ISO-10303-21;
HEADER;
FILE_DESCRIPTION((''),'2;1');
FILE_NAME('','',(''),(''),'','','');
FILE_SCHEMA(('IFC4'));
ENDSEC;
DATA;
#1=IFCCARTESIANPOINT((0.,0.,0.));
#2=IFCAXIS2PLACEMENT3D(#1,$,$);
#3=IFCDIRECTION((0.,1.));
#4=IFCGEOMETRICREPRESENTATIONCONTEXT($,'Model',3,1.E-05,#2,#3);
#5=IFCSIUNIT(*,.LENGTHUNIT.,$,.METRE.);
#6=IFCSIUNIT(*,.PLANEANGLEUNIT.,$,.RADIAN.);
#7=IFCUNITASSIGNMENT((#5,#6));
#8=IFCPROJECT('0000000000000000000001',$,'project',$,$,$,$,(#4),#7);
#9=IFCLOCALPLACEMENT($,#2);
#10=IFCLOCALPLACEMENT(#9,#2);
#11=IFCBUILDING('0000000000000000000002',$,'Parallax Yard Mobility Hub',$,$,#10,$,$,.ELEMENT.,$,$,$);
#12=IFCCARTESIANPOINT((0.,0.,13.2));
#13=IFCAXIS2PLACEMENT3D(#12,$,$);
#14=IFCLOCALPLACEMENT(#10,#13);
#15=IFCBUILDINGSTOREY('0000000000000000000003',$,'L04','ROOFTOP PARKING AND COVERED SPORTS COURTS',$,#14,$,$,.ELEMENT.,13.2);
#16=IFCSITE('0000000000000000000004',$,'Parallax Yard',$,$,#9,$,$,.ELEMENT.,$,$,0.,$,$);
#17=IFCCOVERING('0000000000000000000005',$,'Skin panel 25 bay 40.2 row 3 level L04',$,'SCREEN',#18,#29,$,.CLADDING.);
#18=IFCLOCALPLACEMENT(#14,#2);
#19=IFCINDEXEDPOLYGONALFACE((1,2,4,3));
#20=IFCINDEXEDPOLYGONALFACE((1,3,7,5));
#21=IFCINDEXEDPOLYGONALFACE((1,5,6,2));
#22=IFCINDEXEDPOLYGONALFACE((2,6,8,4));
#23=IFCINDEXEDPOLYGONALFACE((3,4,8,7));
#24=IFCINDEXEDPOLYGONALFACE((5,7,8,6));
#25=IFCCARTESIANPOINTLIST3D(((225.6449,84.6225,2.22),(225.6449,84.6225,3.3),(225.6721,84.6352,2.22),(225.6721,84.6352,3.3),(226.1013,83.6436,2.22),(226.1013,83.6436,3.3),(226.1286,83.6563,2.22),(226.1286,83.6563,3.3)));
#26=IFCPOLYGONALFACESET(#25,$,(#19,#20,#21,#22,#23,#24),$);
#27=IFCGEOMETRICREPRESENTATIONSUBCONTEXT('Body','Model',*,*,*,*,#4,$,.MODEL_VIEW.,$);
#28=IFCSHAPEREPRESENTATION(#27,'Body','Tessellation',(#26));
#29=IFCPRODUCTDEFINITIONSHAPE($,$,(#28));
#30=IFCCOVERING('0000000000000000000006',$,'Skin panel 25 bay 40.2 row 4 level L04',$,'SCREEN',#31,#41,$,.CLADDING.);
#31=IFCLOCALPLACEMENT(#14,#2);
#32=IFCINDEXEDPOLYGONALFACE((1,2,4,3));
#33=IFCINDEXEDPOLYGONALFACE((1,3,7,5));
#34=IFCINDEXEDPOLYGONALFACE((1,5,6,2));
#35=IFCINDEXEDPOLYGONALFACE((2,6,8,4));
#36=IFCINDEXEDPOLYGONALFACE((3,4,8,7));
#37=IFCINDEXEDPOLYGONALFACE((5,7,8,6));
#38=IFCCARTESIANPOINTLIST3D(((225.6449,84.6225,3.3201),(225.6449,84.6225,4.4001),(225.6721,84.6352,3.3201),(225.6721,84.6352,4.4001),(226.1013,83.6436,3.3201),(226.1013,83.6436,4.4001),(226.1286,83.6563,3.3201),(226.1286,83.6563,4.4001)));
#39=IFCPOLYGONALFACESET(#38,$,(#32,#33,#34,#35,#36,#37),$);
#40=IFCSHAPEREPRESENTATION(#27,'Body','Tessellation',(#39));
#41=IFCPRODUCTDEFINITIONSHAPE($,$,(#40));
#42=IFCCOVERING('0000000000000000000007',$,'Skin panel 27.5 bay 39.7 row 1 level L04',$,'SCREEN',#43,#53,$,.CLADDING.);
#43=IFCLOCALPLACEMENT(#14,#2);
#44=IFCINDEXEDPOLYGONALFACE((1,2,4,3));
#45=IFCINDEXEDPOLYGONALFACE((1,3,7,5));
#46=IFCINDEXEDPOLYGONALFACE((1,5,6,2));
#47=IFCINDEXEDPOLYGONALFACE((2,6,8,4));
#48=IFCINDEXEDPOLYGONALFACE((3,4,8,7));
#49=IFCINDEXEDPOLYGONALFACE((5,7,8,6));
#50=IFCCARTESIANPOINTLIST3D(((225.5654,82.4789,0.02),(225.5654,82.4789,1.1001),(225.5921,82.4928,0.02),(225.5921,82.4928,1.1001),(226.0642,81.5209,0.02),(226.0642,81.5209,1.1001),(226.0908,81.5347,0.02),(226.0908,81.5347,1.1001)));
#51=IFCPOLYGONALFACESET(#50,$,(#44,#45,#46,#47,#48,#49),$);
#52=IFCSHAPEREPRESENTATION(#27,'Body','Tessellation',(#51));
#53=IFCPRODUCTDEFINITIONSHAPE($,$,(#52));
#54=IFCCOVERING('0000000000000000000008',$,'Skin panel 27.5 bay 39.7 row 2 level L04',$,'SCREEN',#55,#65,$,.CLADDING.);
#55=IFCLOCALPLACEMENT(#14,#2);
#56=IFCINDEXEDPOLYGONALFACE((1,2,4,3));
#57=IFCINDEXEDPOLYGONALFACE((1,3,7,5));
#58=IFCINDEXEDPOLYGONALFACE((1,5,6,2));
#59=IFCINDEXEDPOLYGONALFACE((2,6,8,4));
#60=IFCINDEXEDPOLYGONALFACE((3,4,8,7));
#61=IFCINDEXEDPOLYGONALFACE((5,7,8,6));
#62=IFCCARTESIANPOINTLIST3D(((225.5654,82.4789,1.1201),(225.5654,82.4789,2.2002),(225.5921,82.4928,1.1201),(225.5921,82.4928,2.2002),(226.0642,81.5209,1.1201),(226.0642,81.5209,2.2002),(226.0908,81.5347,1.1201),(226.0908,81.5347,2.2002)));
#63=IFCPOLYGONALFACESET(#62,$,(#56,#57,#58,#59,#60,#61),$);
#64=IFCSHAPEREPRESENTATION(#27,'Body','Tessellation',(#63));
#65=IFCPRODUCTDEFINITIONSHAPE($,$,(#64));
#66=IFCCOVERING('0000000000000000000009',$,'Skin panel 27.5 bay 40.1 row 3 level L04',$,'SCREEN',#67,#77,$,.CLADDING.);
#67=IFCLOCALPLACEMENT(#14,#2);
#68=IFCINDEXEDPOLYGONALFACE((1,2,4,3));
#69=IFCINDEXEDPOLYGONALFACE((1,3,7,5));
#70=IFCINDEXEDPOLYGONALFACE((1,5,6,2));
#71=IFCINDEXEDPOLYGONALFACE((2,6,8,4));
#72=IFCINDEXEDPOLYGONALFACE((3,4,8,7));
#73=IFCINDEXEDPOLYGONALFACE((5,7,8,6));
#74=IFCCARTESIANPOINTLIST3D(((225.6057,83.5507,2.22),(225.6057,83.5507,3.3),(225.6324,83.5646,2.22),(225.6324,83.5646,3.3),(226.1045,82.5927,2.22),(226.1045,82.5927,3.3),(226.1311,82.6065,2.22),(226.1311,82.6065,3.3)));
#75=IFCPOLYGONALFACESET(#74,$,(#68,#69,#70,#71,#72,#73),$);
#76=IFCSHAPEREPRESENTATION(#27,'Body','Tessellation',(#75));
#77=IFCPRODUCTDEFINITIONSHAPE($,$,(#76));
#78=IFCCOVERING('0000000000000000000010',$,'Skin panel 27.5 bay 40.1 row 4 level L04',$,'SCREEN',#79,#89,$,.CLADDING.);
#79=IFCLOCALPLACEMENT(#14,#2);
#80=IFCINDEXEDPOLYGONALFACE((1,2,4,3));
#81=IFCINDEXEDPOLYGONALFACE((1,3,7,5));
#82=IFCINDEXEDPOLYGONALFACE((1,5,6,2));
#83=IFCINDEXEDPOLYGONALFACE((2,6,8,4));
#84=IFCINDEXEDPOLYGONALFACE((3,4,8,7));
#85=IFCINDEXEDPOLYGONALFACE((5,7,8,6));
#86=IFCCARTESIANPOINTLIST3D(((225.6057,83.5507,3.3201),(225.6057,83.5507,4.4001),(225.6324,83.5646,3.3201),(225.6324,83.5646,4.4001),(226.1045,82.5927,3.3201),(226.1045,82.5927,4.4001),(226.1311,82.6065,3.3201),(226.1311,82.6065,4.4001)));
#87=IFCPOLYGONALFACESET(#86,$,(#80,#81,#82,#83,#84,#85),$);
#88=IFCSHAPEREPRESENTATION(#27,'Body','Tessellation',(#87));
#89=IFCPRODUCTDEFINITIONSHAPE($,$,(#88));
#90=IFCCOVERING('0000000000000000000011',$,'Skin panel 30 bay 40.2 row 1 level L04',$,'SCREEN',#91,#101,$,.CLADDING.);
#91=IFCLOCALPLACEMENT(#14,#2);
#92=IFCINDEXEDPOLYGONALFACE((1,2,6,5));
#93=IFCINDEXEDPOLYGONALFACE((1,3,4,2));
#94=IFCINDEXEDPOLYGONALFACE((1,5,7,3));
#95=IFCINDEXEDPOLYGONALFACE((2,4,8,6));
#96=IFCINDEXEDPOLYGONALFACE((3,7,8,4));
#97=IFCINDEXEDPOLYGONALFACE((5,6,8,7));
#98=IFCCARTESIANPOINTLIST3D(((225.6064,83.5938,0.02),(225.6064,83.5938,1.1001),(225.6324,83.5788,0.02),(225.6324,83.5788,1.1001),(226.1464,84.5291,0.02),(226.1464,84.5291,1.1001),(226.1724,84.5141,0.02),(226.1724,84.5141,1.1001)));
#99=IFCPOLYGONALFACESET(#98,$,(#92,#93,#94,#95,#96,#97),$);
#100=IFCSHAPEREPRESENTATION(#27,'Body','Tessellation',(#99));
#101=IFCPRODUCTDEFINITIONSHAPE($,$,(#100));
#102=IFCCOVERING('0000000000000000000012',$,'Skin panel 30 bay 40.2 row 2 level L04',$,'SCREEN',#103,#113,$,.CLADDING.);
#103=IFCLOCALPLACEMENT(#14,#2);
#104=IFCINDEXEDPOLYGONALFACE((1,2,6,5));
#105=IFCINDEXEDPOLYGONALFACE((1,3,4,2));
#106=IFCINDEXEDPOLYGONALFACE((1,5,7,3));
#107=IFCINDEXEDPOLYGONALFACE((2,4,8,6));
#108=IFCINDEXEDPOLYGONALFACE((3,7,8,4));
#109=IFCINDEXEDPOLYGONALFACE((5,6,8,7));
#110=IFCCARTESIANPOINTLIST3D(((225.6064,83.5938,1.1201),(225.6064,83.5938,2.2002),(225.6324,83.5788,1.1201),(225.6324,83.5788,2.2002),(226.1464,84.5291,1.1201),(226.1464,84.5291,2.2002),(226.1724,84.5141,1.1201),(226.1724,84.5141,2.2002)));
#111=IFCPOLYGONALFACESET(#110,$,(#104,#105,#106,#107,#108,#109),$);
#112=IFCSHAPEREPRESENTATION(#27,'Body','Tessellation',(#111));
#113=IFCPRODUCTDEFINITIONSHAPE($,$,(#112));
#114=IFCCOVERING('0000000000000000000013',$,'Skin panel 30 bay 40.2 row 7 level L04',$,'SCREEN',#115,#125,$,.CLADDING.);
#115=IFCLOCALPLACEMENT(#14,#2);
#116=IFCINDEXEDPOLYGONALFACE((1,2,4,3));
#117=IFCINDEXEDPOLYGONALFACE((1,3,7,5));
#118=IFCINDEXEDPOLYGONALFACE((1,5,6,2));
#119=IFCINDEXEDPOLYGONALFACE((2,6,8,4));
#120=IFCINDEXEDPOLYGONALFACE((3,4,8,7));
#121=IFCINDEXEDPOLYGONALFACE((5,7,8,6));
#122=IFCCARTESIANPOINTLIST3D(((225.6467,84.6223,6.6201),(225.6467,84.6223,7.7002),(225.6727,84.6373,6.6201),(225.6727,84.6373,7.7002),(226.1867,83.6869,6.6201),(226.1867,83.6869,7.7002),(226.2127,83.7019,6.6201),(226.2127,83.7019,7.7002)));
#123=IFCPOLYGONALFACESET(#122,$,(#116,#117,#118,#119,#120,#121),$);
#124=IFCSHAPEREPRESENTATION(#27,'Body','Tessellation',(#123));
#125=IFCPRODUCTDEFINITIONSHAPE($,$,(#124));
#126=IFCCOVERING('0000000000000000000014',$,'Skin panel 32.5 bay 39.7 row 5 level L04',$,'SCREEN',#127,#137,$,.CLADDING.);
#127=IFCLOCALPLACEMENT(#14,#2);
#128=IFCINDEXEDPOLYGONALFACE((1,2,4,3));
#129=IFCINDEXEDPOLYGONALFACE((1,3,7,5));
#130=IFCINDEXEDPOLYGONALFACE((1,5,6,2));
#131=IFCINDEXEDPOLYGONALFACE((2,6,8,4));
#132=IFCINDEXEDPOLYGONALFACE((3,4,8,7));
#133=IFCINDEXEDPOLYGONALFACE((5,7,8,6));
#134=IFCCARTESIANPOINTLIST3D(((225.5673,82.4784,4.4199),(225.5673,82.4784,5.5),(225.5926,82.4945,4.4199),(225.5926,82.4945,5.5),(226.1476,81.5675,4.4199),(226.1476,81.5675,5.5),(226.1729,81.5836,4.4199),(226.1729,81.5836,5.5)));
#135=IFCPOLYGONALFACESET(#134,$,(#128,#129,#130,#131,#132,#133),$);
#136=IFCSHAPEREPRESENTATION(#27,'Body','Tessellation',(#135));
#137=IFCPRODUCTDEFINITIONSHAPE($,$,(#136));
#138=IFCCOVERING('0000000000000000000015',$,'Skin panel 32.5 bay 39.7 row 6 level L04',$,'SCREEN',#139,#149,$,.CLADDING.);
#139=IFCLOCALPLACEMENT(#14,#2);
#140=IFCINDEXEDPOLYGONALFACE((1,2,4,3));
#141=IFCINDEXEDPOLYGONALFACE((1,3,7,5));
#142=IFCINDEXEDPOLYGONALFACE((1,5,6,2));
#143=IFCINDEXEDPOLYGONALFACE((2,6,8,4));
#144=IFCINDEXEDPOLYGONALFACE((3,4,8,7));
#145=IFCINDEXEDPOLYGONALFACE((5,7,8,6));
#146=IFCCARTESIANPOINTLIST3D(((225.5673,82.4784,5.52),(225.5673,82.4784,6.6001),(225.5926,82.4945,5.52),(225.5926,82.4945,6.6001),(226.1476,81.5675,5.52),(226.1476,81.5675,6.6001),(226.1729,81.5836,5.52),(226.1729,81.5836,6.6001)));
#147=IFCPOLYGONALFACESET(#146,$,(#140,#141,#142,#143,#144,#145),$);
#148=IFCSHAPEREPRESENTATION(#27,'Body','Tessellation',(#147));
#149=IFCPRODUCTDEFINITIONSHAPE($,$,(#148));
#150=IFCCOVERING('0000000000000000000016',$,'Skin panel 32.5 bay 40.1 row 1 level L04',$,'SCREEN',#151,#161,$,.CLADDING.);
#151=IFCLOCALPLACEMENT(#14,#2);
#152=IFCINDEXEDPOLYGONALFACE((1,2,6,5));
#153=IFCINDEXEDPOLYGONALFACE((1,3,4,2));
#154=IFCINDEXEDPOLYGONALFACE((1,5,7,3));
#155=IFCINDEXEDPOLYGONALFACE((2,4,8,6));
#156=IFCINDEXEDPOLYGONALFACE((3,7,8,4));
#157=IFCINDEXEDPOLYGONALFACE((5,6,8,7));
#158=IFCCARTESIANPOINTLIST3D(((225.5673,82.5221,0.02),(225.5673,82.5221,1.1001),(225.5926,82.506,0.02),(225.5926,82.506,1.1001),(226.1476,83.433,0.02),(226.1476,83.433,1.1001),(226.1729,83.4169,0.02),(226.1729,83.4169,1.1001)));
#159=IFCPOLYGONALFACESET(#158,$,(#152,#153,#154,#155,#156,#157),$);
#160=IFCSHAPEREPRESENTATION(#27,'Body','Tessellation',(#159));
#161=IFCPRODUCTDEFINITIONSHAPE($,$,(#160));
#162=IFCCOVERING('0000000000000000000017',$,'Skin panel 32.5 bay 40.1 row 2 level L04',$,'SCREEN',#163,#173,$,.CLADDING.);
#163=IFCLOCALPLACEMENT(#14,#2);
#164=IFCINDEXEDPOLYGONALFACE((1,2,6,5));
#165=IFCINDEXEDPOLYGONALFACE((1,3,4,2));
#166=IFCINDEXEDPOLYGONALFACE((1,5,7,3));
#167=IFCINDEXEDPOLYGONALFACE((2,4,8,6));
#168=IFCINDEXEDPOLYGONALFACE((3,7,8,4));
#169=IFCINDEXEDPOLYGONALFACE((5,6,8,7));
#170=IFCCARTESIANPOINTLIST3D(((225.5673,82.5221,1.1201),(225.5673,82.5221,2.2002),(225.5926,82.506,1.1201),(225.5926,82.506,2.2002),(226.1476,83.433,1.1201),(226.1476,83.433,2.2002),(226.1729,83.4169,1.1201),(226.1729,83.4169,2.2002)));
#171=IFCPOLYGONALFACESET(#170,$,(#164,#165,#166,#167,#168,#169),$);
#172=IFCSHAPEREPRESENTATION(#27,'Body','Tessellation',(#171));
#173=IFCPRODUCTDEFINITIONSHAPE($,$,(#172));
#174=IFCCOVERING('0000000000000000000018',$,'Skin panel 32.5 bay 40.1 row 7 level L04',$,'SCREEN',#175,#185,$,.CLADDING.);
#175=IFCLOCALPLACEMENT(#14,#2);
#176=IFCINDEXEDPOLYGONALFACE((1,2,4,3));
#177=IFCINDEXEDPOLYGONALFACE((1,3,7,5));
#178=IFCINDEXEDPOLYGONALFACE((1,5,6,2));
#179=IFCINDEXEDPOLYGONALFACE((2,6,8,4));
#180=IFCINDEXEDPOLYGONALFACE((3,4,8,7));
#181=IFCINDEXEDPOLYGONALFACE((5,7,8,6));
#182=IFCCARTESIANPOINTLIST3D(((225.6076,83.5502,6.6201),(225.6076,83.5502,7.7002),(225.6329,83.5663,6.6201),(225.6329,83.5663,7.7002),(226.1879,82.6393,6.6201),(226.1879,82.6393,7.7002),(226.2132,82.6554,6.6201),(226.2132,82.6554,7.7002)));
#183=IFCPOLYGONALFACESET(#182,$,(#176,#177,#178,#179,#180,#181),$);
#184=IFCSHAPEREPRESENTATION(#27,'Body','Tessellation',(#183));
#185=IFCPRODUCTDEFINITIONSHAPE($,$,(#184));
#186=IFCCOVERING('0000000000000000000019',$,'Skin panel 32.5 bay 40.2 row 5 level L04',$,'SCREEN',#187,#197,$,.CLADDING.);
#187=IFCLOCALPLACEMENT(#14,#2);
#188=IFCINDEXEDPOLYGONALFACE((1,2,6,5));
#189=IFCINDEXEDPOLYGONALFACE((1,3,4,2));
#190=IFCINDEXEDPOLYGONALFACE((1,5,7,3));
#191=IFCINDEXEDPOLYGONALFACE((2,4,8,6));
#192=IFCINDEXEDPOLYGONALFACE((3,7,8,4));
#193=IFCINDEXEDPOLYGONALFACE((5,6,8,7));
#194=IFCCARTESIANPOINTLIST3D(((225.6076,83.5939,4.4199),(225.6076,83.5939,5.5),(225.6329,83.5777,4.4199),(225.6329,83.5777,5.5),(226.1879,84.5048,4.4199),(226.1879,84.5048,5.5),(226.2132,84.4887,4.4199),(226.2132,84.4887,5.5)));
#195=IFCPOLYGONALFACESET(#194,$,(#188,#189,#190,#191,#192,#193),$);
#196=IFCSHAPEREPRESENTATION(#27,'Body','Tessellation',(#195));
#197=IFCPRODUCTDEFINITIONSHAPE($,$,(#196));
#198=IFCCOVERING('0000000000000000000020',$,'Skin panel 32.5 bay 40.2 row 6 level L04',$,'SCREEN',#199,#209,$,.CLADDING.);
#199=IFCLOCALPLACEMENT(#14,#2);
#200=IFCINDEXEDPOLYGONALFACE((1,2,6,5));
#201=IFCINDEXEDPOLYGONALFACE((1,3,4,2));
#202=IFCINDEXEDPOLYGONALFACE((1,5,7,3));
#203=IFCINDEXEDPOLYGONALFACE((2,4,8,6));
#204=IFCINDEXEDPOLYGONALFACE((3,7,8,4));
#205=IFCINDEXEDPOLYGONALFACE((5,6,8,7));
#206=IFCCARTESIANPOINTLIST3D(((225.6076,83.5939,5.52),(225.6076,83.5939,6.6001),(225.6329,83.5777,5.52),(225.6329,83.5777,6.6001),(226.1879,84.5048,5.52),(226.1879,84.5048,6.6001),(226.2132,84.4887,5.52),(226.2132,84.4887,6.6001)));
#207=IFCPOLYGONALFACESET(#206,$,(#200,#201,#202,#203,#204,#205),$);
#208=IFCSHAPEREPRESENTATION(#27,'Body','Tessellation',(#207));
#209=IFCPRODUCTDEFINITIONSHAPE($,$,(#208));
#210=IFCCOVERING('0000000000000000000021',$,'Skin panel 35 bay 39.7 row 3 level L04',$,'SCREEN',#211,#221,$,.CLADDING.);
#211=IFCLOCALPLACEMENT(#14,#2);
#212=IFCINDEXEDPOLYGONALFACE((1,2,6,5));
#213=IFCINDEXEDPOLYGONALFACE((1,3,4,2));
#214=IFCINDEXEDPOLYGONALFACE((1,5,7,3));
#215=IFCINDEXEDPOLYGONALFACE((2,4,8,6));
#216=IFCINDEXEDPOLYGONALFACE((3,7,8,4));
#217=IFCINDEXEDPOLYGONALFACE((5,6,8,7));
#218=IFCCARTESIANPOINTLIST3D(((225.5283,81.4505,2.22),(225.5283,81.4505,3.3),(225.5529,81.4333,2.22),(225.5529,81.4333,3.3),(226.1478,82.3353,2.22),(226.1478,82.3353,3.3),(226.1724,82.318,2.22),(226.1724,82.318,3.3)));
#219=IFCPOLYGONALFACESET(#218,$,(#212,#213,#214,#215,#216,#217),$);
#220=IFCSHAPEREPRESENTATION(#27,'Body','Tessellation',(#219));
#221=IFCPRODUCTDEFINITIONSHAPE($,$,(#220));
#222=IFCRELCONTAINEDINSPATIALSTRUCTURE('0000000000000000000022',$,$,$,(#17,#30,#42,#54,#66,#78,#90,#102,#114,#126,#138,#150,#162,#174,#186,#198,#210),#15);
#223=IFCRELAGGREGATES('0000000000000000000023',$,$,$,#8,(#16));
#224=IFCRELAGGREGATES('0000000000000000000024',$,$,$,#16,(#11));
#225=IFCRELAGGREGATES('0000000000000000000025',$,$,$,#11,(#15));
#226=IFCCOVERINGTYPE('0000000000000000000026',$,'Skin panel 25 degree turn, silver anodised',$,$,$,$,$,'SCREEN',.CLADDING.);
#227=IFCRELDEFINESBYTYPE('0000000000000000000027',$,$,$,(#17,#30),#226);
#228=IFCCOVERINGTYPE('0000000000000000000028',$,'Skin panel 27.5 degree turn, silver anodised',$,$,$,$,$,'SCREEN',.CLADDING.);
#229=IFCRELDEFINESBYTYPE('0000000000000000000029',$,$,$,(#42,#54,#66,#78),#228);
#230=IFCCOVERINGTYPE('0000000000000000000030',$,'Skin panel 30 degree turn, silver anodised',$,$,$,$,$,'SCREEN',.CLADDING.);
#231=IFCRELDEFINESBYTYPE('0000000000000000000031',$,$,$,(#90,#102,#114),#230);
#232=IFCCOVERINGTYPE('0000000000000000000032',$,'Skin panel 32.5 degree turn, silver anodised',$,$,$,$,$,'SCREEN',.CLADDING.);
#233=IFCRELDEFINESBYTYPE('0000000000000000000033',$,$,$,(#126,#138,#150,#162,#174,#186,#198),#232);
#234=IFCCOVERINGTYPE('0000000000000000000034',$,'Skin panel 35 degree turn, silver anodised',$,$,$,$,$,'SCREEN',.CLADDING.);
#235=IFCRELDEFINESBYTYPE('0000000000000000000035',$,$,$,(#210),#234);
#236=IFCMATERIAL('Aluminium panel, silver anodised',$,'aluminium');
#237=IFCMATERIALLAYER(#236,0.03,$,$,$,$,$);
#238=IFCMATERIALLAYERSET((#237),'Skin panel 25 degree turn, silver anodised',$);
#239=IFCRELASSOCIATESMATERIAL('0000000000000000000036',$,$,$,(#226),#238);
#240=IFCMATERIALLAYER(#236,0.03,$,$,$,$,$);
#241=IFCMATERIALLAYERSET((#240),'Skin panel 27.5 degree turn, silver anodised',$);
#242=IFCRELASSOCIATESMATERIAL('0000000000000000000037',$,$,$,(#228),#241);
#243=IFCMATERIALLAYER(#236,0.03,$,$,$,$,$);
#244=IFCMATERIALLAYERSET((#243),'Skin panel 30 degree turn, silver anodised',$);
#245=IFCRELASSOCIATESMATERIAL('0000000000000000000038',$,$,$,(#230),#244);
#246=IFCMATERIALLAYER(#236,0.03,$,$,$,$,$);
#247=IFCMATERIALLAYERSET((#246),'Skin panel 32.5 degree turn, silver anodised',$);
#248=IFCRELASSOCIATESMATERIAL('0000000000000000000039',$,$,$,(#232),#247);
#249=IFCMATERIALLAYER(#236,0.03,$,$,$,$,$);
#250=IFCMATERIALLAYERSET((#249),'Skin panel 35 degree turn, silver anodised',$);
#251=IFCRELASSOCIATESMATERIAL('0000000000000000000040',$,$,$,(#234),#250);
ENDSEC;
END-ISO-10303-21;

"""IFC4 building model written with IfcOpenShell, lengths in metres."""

from ifc_helpers import new_model, si_unit, direction, frame, origin, origin_2d, place, context, subcontext, project, spatial, rectangle, extrude, material, layer, layer_set, type_object, element, save


model = new_model("IFC4")

# Units and contexts
model_context = context("Model", 3, precision=1e-05, world=origin(), true_north=direction((0.0, 1.0)))
body_context = subcontext(model_context, "Body", "Model", "MODEL_VIEW")
ifc_project = project(units=[si_unit("LENGTHUNIT", "METRE"), si_unit("PLANEANGLEUNIT", "RADIAN")], contexts=[model_context])

# Site, building, storey
site_placement = place(None, origin())
site = spatial("IfcSite", under=ifc_project, at=site_placement, Name="Parallax Yard", CompositionType="ELEMENT", RefElevation=0.0)
building_placement = place(site_placement, origin())
building = spatial("IfcBuilding", under=site, at=building_placement, Name="Parallax Yard Mobility Hub", CompositionType="ELEMENT")
storey_placement = place(building_placement, frame((0.0, 0.0, 13.2)))
storey = spatial("IfcBuildingStorey", under=building, at=storey_placement, Name="L04", Description="ROOFTOP PARKING AND COVERED SPORTS COURTS", CompositionType="ELEMENT", Elevation=13.2)

# Coverings
ifc_material_1 = material(Name="Aluminium panel, silver anodised", Category="aluminium")
ifc_layer_1 = layer(ifc_material_1, 0.03)
ifc_layer_set_1 = layer_set([ifc_layer_1], Name="Skin panel 25 degree turn, silver anodised")
covering_type_1 = type_object("IfcCoveringType", Name="Skin panel 25 degree turn, silver anodised", ElementType="SCREEN", PredefinedType="CLADDING", material=ifc_layer_set_1)
for number, where, z_axis, x_axis, name in (
    (1, (225.8867, 84.1394, 2.22), (0.0, 0.0, 1.0), (0.422618, -0.906308, 0.0), "Skin panel 25 bay 40.2 row 3 level L04"),
    (2, (225.8867, 84.1394, 3.3201), (0.0, 0.0, 1.0), (0.422618, -0.906308, 0.0), "Skin panel 25 bay 40.2 row 4 level L04"),
):
    element("IfcCovering", number, at=place(storey_placement, frame(where, z_axis=z_axis, x_axis=x_axis)), inside=storey, type_object=covering_type_1, Name=name, ObjectType="SCREEN", PredefinedType="CLADDING", context=body_context, shape_type="SweptSolid", body=[
        extrude(rectangle(XDim=1.0801, YDim=0.03, at=origin_2d()), origin(), (0.0, 0.0, 1.0), 1.0801),
    ])
ifc_layer_2 = layer(ifc_material_1, 0.03)
ifc_layer_set_2 = layer_set([ifc_layer_2], Name="Skin panel 27.5 degree turn, silver anodised")
covering_type_2 = type_object("IfcCoveringType", Name="Skin panel 27.5 degree turn, silver anodised", ElementType="SCREEN", PredefinedType="CLADDING", material=ifc_layer_set_2)
for number, where, z_axis, x_axis, name in (
    (3, (225.8281, 82.0068, 0.02), (0.0, 0.0, 1.0), (0.461749, -0.887011, 0.0), "Skin panel 27.5 bay 39.7 row 1 level L04"),
    (4, (225.8281, 82.0068, 1.1201), (0.0, 0.0, 1.0), (0.461749, -0.887011, 0.0), "Skin panel 27.5 bay 39.7 row 2 level L04"),
    (5, (225.8684, 83.0786, 2.22), (0.0, 0.0, 1.0), (0.461749, -0.887011, 0.0), "Skin panel 27.5 bay 40.1 row 3 level L04"),
    (6, (225.8684, 83.0786, 3.3201), (0.0, 0.0, 1.0), (0.461749, -0.887011, 0.0), "Skin panel 27.5 bay 40.1 row 4 level L04"),
):
    element("IfcCovering", number, at=place(storey_placement, frame(where, z_axis=z_axis, x_axis=x_axis)), inside=storey, type_object=covering_type_2, Name=name, ObjectType="SCREEN", PredefinedType="CLADDING", context=body_context, shape_type="SweptSolid", body=[
        extrude(rectangle(XDim=1.0801, YDim=0.03, at=origin_2d()), origin(), (0.0, 0.0, 1.0), 1.0801),
    ])
ifc_layer_3 = layer(ifc_material_1, 0.03)
ifc_layer_set_3 = layer_set([ifc_layer_3], Name="Skin panel 30 degree turn, silver anodised")
covering_type_3 = type_object("IfcCoveringType", Name="Skin panel 30 degree turn, silver anodised", ElementType="SCREEN", PredefinedType="CLADDING", material=ifc_layer_set_3)
for number, where, z_axis, x_axis, name in (
    (7, (225.8894, 84.054, 0.02), (0.0, 0.0, 1.0), (0.5, 0.866025, 0.0), "Skin panel 30 bay 40.2 row 1 level L04"),
    (8, (225.8894, 84.054, 1.1201), (0.0, 0.0, 1.0), (0.5, 0.866025, 0.0), "Skin panel 30 bay 40.2 row 2 level L04"),
    (9, (225.9297, 84.1621, 6.6201), (0.0, 0.0, 1.0), (0.5, -0.866025, 0.0), "Skin panel 30 bay 40.2 row 7 level L04"),
):
    element("IfcCovering", number, at=place(storey_placement, frame(where, z_axis=z_axis, x_axis=x_axis)), inside=storey, type_object=covering_type_3, Name=name, ObjectType="SCREEN", PredefinedType="CLADDING", context=body_context, shape_type="SweptSolid", body=[
        extrude(rectangle(XDim=1.0801, YDim=0.03, at=origin_2d()), origin(), (0.0, 0.0, 1.0), 1.0801),
    ])
ifc_layer_4 = layer(ifc_material_1, 0.03)
ifc_layer_set_4 = layer_set([ifc_layer_4], Name="Skin panel 32.5 degree turn, silver anodised")
covering_type_4 = type_object("IfcCoveringType", Name="Skin panel 32.5 degree turn, silver anodised", ElementType="SCREEN", PredefinedType="CLADDING", material=ifc_layer_set_4)
for number, where, z_axis, x_axis, name in (
    (10, (225.8701, 82.031, 4.4199), (0.0, 0.0, 1.0), (0.5373, -0.843391, 0.0), "Skin panel 32.5 bay 39.7 row 5 level L04"),
    (11, (225.8701, 82.031, 5.52), (0.0, 0.0, 1.0), (0.5373, -0.843391, 0.0), "Skin panel 32.5 bay 39.7 row 6 level L04"),
    (12, (225.8701, 82.9695, 0.02), (0.0, 0.0, 1.0), (0.5373, 0.843391, 0.0), "Skin panel 32.5 bay 40.1 row 1 level L04"),
    (13, (225.8701, 82.9695, 1.1201), (0.0, 0.0, 1.0), (0.5373, 0.843391, 0.0), "Skin panel 32.5 bay 40.1 row 2 level L04"),
    (14, (225.9104, 83.1028, 6.6201), (0.0, 0.0, 1.0), (0.5373, -0.843391, 0.0), "Skin panel 32.5 bay 40.1 row 7 level L04"),
    (15, (225.9104, 84.0413, 4.4199), (0.0, 0.0, 1.0), (0.5373, 0.843391, 0.0), "Skin panel 32.5 bay 40.2 row 5 level L04"),
    (16, (225.9104, 84.0413, 5.52), (0.0, 0.0, 1.0), (0.5373, 0.843391, 0.0), "Skin panel 32.5 bay 40.2 row 6 level L04"),
):
    element("IfcCovering", number, at=place(storey_placement, frame(where, z_axis=z_axis, x_axis=x_axis)), inside=storey, type_object=covering_type_4, Name=name, ObjectType="SCREEN", PredefinedType="CLADDING", context=body_context, shape_type="SweptSolid", body=[
        extrude(rectangle(XDim=1.0801, YDim=0.03, at=origin_2d()), origin(), (0.0, 0.0, 1.0), 1.0801),
    ])
ifc_layer_5 = layer(ifc_material_1, 0.03)
ifc_layer_set_5 = layer_set([ifc_layer_5], Name="Skin panel 35 degree turn, silver anodised")
covering_type_5 = type_object("IfcCoveringType", Name="Skin panel 35 degree turn, silver anodised", ElementType="SCREEN", PredefinedType="CLADDING", material=ifc_layer_set_5)
for number, where, z_axis, x_axis, name in (
    (17, (225.8503, 81.8843, 2.22), (0.0, 0.0, 1.0), (0.573576, 0.819152, 0.0), "Skin panel 35 bay 39.7 row 3 level L04"),
):
    element("IfcCovering", number, at=place(storey_placement, frame(where, z_axis=z_axis, x_axis=x_axis)), inside=storey, type_object=covering_type_5, Name=name, ObjectType="SCREEN", PredefinedType="CLADDING", context=body_context, shape_type="SweptSolid", body=[
        extrude(rectangle(XDim=1.0801, YDim=0.03, at=origin_2d()), origin(), (0.0, 0.0, 1.0), 1.0801),
    ])

save(model, "model.ifc")
